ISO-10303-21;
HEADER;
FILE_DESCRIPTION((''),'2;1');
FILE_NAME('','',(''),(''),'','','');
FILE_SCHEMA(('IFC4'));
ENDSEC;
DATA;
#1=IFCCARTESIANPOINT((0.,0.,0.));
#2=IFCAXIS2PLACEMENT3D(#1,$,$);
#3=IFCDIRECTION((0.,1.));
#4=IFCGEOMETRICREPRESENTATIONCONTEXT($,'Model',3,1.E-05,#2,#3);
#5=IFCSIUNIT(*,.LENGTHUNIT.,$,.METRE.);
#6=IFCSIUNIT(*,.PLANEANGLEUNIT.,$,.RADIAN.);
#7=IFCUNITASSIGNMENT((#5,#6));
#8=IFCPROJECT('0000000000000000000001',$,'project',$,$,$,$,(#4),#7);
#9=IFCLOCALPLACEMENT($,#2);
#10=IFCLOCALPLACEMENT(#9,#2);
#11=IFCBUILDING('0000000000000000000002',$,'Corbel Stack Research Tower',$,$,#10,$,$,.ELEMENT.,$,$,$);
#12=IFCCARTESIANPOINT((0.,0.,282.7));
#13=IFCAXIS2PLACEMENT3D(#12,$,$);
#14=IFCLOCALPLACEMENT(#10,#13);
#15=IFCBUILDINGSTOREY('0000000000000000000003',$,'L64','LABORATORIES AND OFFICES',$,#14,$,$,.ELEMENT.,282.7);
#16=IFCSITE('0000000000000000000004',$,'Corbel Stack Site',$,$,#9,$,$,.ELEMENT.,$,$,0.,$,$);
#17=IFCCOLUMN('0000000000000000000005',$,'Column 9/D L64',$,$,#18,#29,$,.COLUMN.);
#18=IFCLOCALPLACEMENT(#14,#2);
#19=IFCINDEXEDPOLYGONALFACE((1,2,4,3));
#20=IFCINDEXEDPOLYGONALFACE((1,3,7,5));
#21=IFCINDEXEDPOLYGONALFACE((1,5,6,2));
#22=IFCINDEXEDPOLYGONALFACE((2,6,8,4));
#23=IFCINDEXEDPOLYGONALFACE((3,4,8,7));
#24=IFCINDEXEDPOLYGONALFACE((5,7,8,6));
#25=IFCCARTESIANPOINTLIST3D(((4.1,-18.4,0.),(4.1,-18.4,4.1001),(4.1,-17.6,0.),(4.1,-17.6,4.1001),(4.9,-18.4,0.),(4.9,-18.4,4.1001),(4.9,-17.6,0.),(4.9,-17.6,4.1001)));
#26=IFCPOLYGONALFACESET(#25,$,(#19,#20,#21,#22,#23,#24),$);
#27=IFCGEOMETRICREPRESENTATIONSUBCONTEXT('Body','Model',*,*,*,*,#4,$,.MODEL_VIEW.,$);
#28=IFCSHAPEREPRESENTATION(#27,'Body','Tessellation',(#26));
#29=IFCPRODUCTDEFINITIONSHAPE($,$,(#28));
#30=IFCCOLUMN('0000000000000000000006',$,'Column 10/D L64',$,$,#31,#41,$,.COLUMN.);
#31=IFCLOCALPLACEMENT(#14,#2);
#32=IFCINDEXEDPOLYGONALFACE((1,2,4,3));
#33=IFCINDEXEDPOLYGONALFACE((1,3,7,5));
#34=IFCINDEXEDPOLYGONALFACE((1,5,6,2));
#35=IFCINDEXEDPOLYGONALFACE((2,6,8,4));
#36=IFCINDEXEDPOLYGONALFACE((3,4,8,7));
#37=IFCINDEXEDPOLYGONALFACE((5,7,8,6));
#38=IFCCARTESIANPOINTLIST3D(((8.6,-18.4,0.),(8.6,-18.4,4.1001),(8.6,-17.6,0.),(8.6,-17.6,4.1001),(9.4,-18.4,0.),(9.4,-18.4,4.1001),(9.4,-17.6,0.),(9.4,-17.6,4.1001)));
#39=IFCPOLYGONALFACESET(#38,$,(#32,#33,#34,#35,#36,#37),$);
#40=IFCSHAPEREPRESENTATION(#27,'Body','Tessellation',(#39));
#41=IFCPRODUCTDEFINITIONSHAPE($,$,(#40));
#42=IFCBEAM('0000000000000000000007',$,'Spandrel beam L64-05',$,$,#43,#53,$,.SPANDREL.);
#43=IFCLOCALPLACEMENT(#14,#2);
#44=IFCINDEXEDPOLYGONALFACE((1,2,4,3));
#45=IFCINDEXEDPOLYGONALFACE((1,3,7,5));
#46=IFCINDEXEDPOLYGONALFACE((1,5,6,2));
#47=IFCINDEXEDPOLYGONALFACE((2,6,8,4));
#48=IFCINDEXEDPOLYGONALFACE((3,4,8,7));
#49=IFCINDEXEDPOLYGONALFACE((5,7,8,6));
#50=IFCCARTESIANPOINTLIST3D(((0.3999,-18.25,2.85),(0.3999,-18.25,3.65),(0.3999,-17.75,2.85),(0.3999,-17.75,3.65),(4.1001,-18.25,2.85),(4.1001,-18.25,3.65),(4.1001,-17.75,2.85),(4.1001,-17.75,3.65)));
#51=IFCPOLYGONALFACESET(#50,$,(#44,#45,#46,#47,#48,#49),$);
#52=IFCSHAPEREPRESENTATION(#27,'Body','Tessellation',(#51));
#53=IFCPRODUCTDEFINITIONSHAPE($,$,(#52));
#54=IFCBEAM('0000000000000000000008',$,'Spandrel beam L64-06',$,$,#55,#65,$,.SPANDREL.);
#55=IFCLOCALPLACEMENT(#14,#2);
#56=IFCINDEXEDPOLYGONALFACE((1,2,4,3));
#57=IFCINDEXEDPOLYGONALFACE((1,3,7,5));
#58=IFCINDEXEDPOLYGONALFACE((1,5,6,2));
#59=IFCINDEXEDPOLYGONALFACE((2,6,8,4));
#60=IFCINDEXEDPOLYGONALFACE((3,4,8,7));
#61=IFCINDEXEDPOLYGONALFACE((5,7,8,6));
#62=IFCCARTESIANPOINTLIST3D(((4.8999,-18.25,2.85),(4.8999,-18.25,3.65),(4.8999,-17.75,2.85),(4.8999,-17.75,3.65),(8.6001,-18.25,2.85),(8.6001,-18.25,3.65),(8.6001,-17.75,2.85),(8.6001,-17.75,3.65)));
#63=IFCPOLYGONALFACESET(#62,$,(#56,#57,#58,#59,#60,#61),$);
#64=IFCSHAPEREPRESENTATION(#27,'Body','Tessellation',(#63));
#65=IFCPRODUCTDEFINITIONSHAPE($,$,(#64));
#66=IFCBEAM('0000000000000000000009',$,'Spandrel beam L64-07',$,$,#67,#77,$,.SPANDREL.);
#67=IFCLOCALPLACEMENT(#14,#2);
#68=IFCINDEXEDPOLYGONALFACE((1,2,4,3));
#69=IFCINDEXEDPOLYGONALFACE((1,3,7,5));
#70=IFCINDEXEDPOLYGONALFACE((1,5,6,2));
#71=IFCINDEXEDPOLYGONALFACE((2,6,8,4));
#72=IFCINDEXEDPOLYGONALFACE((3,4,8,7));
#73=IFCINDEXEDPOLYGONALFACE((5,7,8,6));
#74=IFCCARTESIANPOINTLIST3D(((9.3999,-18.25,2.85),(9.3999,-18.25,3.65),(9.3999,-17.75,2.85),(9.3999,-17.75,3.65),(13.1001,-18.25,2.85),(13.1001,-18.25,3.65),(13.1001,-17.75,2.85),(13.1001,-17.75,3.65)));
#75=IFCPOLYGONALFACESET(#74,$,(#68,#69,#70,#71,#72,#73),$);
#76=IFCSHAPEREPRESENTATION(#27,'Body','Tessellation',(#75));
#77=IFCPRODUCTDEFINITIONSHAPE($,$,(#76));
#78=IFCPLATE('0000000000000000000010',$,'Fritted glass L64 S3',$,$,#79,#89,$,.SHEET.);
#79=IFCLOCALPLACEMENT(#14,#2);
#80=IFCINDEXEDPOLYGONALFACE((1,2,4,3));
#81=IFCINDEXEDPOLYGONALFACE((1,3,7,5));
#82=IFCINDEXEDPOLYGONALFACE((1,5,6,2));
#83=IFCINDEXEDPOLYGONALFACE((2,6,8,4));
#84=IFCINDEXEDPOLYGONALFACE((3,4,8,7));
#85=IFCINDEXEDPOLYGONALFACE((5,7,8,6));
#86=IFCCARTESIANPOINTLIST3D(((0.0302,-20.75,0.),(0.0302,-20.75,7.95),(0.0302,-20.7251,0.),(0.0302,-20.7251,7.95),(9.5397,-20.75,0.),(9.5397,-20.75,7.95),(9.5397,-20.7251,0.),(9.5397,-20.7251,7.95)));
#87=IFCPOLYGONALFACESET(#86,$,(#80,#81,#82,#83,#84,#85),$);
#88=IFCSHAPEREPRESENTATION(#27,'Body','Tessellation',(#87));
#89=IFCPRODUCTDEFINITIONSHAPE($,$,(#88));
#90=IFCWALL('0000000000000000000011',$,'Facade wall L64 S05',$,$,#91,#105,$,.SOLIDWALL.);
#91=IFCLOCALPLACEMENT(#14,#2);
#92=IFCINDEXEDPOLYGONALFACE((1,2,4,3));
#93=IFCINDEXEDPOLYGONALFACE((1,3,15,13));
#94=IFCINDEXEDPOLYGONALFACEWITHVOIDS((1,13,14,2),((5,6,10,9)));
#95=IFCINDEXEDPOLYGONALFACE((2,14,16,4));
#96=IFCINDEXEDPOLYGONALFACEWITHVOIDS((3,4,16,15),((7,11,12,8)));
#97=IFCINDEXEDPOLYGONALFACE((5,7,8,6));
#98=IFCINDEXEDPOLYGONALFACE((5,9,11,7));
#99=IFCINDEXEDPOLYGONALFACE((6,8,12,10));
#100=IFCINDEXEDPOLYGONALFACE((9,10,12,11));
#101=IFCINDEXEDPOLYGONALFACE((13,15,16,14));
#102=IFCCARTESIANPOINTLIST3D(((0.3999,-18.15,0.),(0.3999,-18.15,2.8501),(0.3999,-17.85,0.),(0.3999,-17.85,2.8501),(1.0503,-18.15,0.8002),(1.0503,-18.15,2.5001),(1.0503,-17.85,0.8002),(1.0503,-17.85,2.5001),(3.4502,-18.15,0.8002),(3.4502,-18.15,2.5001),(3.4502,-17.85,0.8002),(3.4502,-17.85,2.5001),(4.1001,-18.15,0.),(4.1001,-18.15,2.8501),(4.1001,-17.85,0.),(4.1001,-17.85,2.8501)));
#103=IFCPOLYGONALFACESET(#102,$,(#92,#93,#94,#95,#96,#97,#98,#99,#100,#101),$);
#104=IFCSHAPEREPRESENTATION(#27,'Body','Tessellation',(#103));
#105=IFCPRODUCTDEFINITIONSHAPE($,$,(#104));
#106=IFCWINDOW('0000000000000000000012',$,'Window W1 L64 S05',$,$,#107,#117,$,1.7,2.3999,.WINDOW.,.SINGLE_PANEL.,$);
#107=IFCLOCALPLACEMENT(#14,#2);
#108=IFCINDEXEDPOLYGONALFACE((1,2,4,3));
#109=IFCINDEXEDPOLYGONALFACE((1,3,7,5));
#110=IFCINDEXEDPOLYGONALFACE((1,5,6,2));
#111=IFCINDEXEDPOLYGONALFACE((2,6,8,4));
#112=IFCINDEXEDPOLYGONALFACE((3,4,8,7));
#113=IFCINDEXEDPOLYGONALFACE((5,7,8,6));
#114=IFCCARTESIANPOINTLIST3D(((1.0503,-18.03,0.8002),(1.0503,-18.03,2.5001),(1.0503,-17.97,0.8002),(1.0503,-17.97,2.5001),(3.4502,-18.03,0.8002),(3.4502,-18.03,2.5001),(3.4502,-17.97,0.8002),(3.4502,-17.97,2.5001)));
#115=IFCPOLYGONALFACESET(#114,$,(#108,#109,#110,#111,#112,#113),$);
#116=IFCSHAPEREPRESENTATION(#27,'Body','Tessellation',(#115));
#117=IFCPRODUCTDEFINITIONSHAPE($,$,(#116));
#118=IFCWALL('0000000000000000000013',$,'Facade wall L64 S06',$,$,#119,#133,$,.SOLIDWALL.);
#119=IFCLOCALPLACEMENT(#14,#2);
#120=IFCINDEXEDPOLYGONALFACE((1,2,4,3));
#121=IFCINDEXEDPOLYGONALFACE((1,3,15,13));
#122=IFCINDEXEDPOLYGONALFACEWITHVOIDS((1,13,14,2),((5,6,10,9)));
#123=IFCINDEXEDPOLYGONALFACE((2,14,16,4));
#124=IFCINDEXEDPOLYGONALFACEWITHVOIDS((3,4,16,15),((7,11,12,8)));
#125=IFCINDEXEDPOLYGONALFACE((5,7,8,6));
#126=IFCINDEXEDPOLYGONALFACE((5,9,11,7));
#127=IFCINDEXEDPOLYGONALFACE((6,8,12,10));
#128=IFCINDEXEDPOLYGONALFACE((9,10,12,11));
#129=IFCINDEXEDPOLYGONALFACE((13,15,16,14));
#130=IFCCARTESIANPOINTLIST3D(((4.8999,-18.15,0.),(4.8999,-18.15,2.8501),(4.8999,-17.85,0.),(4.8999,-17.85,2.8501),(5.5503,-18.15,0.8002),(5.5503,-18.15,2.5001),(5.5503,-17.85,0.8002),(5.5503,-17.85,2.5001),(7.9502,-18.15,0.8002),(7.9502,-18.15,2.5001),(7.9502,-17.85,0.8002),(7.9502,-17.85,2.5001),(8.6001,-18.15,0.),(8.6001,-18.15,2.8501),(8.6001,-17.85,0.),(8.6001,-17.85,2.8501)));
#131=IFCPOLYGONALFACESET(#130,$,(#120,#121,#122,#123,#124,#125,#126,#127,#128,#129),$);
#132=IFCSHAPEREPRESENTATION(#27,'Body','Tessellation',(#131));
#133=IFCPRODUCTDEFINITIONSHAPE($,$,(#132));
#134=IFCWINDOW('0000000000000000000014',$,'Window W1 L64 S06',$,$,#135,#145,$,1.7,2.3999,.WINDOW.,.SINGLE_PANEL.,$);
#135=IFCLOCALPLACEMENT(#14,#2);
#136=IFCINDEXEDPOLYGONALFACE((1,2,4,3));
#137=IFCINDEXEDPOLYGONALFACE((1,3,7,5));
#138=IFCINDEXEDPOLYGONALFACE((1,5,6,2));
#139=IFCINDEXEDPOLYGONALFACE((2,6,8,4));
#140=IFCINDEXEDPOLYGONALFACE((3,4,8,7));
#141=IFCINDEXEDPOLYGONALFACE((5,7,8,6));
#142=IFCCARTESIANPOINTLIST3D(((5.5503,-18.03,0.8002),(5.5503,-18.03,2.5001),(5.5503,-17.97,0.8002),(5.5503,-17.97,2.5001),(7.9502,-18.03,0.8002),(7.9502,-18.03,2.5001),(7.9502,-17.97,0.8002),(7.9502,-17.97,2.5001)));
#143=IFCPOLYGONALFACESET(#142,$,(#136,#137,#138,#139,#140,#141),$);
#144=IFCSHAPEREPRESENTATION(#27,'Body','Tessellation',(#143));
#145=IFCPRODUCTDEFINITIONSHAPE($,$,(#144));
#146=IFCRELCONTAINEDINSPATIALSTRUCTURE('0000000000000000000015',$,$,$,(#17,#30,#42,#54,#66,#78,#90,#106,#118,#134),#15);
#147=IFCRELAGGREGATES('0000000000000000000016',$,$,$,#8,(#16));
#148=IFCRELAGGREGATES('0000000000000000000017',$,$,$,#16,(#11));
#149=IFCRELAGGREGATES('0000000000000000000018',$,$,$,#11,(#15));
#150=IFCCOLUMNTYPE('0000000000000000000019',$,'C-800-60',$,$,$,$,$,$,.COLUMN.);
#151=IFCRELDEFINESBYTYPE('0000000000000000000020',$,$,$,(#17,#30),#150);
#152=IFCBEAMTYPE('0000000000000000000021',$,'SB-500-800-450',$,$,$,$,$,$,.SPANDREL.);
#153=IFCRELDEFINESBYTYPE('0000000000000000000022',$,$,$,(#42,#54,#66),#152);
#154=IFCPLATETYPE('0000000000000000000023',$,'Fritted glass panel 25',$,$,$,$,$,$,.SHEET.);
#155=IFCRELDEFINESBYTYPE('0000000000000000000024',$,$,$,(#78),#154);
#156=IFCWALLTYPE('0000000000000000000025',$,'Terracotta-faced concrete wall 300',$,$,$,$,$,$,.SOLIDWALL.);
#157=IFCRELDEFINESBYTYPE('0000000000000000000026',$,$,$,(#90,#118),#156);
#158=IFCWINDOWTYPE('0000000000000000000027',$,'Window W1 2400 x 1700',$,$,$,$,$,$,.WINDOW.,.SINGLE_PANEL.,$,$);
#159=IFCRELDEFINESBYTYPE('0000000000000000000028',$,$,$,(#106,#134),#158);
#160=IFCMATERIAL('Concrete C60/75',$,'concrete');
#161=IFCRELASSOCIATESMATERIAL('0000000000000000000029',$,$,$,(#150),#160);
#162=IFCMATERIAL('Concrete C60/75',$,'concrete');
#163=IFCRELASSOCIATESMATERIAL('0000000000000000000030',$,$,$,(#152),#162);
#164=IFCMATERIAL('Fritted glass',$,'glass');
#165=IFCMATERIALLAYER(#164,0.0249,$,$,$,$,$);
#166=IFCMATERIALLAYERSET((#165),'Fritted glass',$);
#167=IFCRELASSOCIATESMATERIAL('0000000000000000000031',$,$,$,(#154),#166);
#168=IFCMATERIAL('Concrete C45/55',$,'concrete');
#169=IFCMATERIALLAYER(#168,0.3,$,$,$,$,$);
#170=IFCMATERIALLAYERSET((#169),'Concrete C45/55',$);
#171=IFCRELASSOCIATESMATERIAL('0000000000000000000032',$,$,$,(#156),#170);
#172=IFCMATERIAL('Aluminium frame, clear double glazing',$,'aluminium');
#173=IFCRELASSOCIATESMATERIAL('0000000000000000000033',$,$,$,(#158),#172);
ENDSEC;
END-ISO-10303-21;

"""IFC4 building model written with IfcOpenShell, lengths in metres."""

from ifc_helpers import new_model, si_unit, direction, frame, frame_2d, origin, origin_2d, place, context, subcontext, project, spatial, rectangle, extrude, material, layer, layer_set, material_profile, profile_set, type_object, element, fill, save


model = new_model("IFC4")

# Units and contexts
model_context = context("Model", 3, precision=1e-05, world=origin(), true_north=direction((0.0, 1.0)))
body_context = subcontext(model_context, "Body", "Model", "MODEL_VIEW")
ifc_project = project(units=[si_unit("LENGTHUNIT", "METRE"), si_unit("PLANEANGLEUNIT", "RADIAN")], contexts=[model_context])

# Site, building, storey
site_placement = place(None, origin())
site = spatial("IfcSite", under=ifc_project, at=site_placement, Name="Corbel Stack Site", CompositionType="ELEMENT", RefElevation=0.0)
building_placement = place(site_placement, origin())
building = spatial("IfcBuilding", under=site, at=building_placement, Name="Corbel Stack Research Tower", CompositionType="ELEMENT")
storey_placement = place(building_placement, frame((0.0, 0.0, 282.7)))
storey = spatial("IfcBuildingStorey", under=building, at=storey_placement, Name="L64", Description="LABORATORIES AND OFFICES", CompositionType="ELEMENT", Elevation=282.7)

# Columns
ifc_material_1 = material(Name="Concrete C60/75", Category="concrete")
ifc_material_profile_1 = material_profile(ifc_material_1, rectangle(XDim=0.8, YDim=0.8, at=origin_2d()), Name="RC 800 x 800")
ifc_profile_set_1 = profile_set([ifc_material_profile_1], Name="Concrete C60/75")
column_type = type_object("IfcColumnType", Name="C-800-60", PredefinedType="COLUMN", material=ifc_profile_set_1)
for number, where, z_axis, x_axis, name in (
    (1, (4.5, -18.0, 0.0), (0.0, 0.0, 1.0), (1.0, 0.0, 0.0), "Column 9/D L64"),
    (2, (9.0, -18.0, 0.0), (0.0, 0.0, 1.0), (1.0, 0.0, 0.0), "Column 10/D L64"),
):
    element("IfcColumn", number, at=place(storey_placement, frame(where, z_axis=z_axis, x_axis=x_axis)), inside=storey, type_object=column_type, Name=name, PredefinedType="COLUMN", context=body_context, shape_type="SweptSolid", body=[
        extrude(rectangle(XDim=0.8, YDim=0.8, at=origin_2d()), origin(), (0.0, 0.0, 1.0), 4.1001),
    ])

# Beams
ifc_material_2 = material(Name="Concrete C60/75", Category="concrete")
ifc_material_profile_2 = material_profile(ifc_material_2, rectangle(XDim=0.5, YDim=0.8, at=origin_2d()), Name="RC 500 x 800")
ifc_profile_set_2 = profile_set([ifc_material_profile_2], Name="Concrete C60/75")
beam_type = type_object("IfcBeamType", Name="SB-500-800-450", PredefinedType="SPANDREL", material=ifc_profile_set_2)
for number, where, z_axis, x_axis, name in (
    (3, (0.3999, -18.0, 3.25), (1.0, 0.0, 0.0), (0.0, 1.0, 0.0), "Spandrel beam L64-05"),
    (4, (4.8999, -18.0, 3.25), (1.0, 0.0, 0.0), (0.0, 1.0, 0.0), "Spandrel beam L64-06"),
    (5, (9.3999, -18.0, 3.25), (1.0, 0.0, 0.0), (0.0, 1.0, 0.0), "Spandrel beam L64-07"),
):
    element("IfcBeam", number, at=place(storey_placement, frame(where, z_axis=z_axis, x_axis=x_axis)), inside=storey, type_object=beam_type, Name=name, PredefinedType="SPANDREL", context=body_context, shape_type="SweptSolid", body=[
        extrude(rectangle(XDim=0.5, YDim=0.8, at=origin_2d()), origin(), (0.0, 0.0, 1.0), 3.7002),
    ])

# Plate
ifc_material_3 = material(Name="Fritted glass", Category="glass")
ifc_layer_1 = layer(ifc_material_3, 0.0249)
ifc_layer_set_1 = layer_set([ifc_layer_1], Name="Fritted glass")
plate_type = type_object("IfcPlateType", Name="Fritted glass panel 25", PredefinedType="SHEET", material=ifc_layer_set_1)
plate_placement = place(storey_placement, frame((4.7849, -20.7375, 0.0), z_axis=(0.0, 0.0, 1.0), x_axis=(1.0, 0.0, 0.0)))
element("IfcPlate", 6, at=plate_placement, inside=storey, type_object=plate_type, Name="Fritted glass L64 S3", PredefinedType="SHEET", context=body_context, shape_type="SweptSolid", body=[
    extrude(rectangle(XDim=9.5095, YDim=0.0249, at=origin_2d()), origin(), (0.0, 0.0, 1.0), 7.95),
])

# Walls, openings, windows
ifc_material_4 = material(Name="Concrete C45/55", Category="concrete")
ifc_layer_2 = layer(ifc_material_4, 0.3)
ifc_layer_set_2 = layer_set([ifc_layer_2], Name="Concrete C45/55")
wall_type = type_object("IfcWallType", Name="Terracotta-faced concrete wall 300", PredefinedType="SOLIDWALL", material=ifc_layer_set_2)
wall_1_placement = place(storey_placement, frame((4.1001, -18.0, 0.0), z_axis=(0.0, 0.0, 1.0), x_axis=(-1.0, 0.0, 0.0)))
wall_1 = element("IfcWall", 7, at=wall_1_placement, inside=storey, type_object=wall_type, Name="Facade wall L64 S05", PredefinedType="SOLIDWALL", context=body_context, shape_type="SweptSolid", body=[
    extrude(rectangle(XDim=3.7002, YDim=0.3, at=frame_2d((1.8501, 0.0))), origin(), (0.0, 0.0, 1.0), 2.8501),
])
opening_1_placement = place(wall_1_placement, frame((0.6499, 0.0, 0.8)))
opening_1 = element("IfcOpeningElement", 8, at=opening_1_placement, cuts=wall_1, PredefinedType="OPENING", context=body_context, shape_type="SweptSolid", body=[
    extrude(rectangle(XDim=2.3999, YDim=1.7, at=frame_2d((1.2, 0.8501))), frame((0.0, 0.1599, 0.0), z_axis=(0.0, -1.0, 0.0), x_axis=(1.0, 0.0, 0.0)), (0.0, 0.0, 1.0), 0.3201),
])
ifc_material_5 = material(Name="Aluminium frame, clear double glazing", Category="aluminium")
window_type = type_object("IfcWindowType", Name="Window W1 2400 x 1700", PartitioningType="SINGLE_PANEL", PredefinedType="WINDOW", material=ifc_material_5)
window_1_placement = place(opening_1_placement, origin())
window_1 = element("IfcWindow", 9, at=window_1_placement, inside=storey, type_object=window_type, Name="Window W1 L64 S05", OverallHeight=1.7, OverallWidth=2.3999, PartitioningType="SINGLE_PANEL", PredefinedType="WINDOW", context=body_context, shape_type="SweptSolid", body=[
    extrude(rectangle(XDim=2.3999, YDim=1.7, at=frame_2d((1.2, 0.8501))), frame((0.0, 0.03, 0.0), z_axis=(0.0, -1.0, 0.0), x_axis=(1.0, 0.0, 0.0)), (0.0, 0.0, 1.0), 0.0601),
])
fill(opening_1, window_1)
wall_2_placement = place(storey_placement, frame((8.6001, -18.0, 0.0), z_axis=(0.0, 0.0, 1.0), x_axis=(-1.0, 0.0, 0.0)))
wall_2 = element("IfcWall", 10, at=wall_2_placement, inside=storey, type_object=wall_type, Name="Facade wall L64 S06", PredefinedType="SOLIDWALL", context=body_context, shape_type="SweptSolid", body=[
    extrude(rectangle(XDim=3.7002, YDim=0.3, at=frame_2d((1.8501, 0.0))), origin(), (0.0, 0.0, 1.0), 2.8501),
])
opening_2_placement = place(wall_2_placement, frame((0.6499, 0.0, 0.8)))
opening_2 = element("IfcOpeningElement", 11, at=opening_2_placement, cuts=wall_2, PredefinedType="OPENING", context=body_context, shape_type="SweptSolid", body=[
    extrude(rectangle(XDim=2.3999, YDim=1.7, at=frame_2d((1.2, 0.8501))), frame((0.0, 0.1599, 0.0), z_axis=(0.0, -1.0, 0.0), x_axis=(1.0, 0.0, 0.0)), (0.0, 0.0, 1.0), 0.3201),
])
window_2_placement = place(opening_2_placement, origin())
window_2 = element("IfcWindow", 12, at=window_2_placement, inside=storey, type_object=window_type, Name="Window W1 L64 S06", OverallHeight=1.7, OverallWidth=2.3999, PartitioningType="SINGLE_PANEL", PredefinedType="WINDOW", context=body_context, shape_type="SweptSolid", body=[
    extrude(rectangle(XDim=2.3999, YDim=1.7, at=frame_2d((1.2, 0.8501))), frame((0.0, 0.03, 0.0), z_axis=(0.0, -1.0, 0.0), x_axis=(1.0, 0.0, 0.0)), (0.0, 0.0, 1.0), 0.0601),
])
fill(opening_2, window_2)

save(model, "model.ifc")
